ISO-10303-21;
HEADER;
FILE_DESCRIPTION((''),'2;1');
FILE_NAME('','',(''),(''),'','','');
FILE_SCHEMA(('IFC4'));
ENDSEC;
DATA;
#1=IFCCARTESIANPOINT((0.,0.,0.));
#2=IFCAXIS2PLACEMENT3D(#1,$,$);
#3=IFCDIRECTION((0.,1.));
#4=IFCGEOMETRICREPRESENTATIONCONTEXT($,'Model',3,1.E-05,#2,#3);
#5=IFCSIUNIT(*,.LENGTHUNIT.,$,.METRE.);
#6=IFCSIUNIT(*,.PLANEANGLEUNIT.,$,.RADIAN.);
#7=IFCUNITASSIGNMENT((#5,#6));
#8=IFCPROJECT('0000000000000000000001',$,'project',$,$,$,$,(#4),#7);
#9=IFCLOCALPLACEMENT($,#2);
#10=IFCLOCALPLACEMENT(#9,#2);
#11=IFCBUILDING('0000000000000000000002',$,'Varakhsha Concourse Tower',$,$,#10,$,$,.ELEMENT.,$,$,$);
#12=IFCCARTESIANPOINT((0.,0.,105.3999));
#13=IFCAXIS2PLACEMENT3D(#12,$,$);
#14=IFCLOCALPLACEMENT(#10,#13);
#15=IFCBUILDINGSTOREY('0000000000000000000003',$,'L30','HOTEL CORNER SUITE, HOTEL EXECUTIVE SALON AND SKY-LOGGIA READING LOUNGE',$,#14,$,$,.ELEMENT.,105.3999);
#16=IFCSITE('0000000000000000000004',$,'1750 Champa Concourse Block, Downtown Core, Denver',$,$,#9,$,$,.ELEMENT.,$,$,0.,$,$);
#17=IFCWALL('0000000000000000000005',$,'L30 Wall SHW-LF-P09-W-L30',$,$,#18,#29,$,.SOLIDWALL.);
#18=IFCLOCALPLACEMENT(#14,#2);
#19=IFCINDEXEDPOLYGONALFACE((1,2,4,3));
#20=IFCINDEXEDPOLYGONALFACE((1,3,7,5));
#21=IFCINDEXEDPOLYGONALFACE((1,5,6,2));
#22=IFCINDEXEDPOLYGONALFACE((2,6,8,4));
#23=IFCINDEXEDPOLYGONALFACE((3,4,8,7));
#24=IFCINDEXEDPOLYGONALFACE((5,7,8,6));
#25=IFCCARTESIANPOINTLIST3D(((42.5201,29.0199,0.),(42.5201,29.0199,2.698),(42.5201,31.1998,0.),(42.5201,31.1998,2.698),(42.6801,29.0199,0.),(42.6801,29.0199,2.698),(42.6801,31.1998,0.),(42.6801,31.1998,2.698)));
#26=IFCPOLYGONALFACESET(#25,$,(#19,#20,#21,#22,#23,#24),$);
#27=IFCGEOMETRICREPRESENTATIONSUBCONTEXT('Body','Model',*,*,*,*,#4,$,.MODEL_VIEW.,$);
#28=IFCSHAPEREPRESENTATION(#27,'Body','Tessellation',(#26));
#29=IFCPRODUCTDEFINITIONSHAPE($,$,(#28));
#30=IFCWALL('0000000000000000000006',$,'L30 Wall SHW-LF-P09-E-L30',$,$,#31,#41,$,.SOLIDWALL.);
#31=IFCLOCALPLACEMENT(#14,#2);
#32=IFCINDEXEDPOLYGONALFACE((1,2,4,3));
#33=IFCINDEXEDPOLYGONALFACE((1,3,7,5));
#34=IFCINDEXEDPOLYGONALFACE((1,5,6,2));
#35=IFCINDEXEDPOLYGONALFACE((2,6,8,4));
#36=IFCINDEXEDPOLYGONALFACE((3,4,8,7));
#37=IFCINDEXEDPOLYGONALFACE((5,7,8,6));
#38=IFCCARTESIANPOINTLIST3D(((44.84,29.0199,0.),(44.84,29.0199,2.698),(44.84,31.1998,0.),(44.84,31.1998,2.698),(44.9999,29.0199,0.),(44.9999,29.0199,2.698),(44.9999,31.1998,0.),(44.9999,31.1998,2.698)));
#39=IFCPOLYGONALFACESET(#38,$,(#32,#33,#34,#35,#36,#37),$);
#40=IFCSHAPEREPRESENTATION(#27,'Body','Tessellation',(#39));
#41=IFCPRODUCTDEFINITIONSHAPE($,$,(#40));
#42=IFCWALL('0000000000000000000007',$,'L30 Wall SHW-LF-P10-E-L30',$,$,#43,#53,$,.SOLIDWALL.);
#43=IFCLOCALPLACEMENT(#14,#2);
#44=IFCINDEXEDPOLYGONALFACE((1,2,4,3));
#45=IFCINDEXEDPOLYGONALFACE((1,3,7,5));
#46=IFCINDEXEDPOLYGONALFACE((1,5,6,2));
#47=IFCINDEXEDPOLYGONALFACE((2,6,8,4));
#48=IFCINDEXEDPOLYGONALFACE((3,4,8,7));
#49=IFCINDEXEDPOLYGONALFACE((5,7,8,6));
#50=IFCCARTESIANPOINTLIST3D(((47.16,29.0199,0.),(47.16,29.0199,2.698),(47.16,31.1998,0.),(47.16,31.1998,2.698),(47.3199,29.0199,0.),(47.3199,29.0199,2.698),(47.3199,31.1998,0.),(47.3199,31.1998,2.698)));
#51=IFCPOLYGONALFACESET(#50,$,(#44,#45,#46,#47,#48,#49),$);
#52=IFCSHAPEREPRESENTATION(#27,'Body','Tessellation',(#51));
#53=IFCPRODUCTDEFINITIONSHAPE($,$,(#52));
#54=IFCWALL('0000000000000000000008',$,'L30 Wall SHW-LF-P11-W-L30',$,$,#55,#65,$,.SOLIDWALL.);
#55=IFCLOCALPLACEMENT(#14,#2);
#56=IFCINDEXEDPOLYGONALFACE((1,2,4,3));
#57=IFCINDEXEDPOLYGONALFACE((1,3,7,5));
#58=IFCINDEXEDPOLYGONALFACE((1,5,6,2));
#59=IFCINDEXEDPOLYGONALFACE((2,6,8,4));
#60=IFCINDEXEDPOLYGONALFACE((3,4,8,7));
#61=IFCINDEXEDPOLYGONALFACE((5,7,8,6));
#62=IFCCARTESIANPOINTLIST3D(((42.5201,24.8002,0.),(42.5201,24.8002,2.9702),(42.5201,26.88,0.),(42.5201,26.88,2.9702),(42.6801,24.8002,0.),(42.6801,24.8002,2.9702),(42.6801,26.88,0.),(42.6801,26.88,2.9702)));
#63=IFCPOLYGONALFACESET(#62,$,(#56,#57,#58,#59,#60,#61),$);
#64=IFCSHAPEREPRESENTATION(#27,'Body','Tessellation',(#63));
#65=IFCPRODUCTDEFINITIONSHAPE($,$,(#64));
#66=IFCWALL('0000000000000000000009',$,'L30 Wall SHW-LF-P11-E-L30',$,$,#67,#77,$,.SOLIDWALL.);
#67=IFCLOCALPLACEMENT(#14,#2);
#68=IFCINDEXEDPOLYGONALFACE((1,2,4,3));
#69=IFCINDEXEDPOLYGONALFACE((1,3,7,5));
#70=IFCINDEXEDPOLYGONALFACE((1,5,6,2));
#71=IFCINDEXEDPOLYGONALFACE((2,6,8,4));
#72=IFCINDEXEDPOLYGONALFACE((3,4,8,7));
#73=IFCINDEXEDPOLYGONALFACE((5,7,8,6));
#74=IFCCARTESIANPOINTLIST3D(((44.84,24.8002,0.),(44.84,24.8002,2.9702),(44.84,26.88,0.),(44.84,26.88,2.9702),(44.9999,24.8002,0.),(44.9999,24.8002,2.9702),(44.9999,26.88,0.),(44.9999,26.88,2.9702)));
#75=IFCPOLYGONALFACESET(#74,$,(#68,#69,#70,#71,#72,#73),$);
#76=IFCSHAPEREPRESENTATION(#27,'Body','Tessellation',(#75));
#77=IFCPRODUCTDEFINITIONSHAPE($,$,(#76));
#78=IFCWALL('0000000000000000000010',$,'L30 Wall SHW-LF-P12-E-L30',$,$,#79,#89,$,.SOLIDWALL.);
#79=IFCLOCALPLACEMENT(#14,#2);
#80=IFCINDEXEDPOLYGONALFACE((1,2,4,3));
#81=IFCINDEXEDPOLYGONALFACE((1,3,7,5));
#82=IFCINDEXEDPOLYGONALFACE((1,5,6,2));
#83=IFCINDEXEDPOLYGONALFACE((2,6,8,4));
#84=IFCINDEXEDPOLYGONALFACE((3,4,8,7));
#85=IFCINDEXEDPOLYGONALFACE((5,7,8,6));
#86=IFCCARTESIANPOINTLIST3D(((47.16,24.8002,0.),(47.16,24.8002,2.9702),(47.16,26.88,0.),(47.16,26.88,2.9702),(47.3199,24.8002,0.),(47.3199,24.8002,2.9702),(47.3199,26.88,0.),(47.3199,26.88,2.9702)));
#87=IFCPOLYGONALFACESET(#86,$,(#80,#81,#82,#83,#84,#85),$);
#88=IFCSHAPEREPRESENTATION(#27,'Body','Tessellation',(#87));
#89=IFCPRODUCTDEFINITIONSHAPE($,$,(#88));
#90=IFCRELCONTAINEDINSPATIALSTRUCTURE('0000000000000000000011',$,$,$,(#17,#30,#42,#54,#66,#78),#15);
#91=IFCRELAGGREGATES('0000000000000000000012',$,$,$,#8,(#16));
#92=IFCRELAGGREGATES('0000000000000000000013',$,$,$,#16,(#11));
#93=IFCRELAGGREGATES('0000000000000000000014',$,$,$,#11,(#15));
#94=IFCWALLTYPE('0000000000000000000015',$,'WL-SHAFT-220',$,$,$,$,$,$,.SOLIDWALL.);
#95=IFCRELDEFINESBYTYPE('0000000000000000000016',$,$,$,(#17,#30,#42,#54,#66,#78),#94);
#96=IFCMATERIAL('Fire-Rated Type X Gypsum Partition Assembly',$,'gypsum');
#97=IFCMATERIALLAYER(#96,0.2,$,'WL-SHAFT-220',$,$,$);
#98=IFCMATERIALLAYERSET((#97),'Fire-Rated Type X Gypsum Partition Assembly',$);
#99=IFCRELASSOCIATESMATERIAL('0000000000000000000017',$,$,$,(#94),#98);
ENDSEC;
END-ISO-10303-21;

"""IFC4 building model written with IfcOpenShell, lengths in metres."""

from ifc_helpers import new_model, si_unit, direction, frame, frame_2d, origin, place, context, subcontext, project, spatial, rectangle, extrude, material, layer, layer_set, type_object, element, save


model = new_model("IFC4")

# Units and contexts
model_context = context("Model", 3, precision=1e-05, world=origin(), true_north=direction((0.0, 1.0)))
body_context = subcontext(model_context, "Body", "Model", "MODEL_VIEW")
ifc_project = project(units=[si_unit("LENGTHUNIT", "METRE"), si_unit("PLANEANGLEUNIT", "RADIAN")], contexts=[model_context])

# Site, building, storey
site_placement = place(None, origin())
site = spatial("IfcSite", under=ifc_project, at=site_placement, Name="1750 Champa Concourse Block, Downtown Core, Denver", CompositionType="ELEMENT", RefElevation=0.0)
building_placement = place(site_placement, origin())
building = spatial("IfcBuilding", under=site, at=building_placement, Name="Varakhsha Concourse Tower", CompositionType="ELEMENT")
storey_placement = place(building_placement, frame((0.0, 0.0, 105.3999)))
storey = spatial("IfcBuildingStorey", under=building, at=storey_placement, Name="L30", Description="HOTEL CORNER SUITE, HOTEL EXECUTIVE SALON AND SKY-LOGGIA READING LOUNGE", CompositionType="ELEMENT", Elevation=105.3999)

# Shared definitions
ifc_material_1 = material(Name="Fire-Rated Type X Gypsum Partition Assembly", Category="gypsum")

# Walls
ifc_layer_1 = layer(ifc_material_1, 0.2, Name="WL-SHAFT-220")
ifc_layer_set_1 = layer_set([ifc_layer_1], Name="Fire-Rated Type X Gypsum Partition Assembly")
wall_type_1 = type_object("IfcWallType", Name="WL-SHAFT-220", PredefinedType="SOLIDWALL", material=ifc_layer_set_1)
for number, where, z_axis, x_axis, name in (
    (1, (42.6001, 29.02, 0.0), (0.0, 0.0, 1.0), (0.0, 1.0, 0.0), "L30 Wall SHW-LF-P09-W-L30"),
    (2, (44.9199, 29.02, 0.0), (0.0, 0.0, 1.0), (0.0, 1.0, 0.0), "L30 Wall SHW-LF-P09-E-L30"),
    (3, (47.24, 29.02, 0.0), (0.0, 0.0, 1.0), (0.0, 1.0, 0.0), "L30 Wall SHW-LF-P10-E-L30"),
):
    element("IfcWall", number, at=place(storey_placement, frame(where, z_axis=z_axis, x_axis=x_axis)), inside=storey, type_object=wall_type_1, Name=name, PredefinedType="SOLIDWALL", context=body_context, shape_type="SweptSolid", body=[
        extrude(rectangle(XDim=2.1799, YDim=0.1599, at=frame_2d((1.0898, 0.0))), origin(), (0.0, 0.0, 1.0), 2.698),
    ])
for number, where, z_axis, x_axis, name in (
    (4, (42.6001, 24.8, 0.0), (0.0, 0.0, 1.0), (0.0, 1.0, 0.0), "L30 Wall SHW-LF-P11-W-L30"),
    (5, (44.9199, 24.8, 0.0), (0.0, 0.0, 1.0), (0.0, 1.0, 0.0), "L30 Wall SHW-LF-P11-E-L30"),
    (6, (47.24, 24.8, 0.0), (0.0, 0.0, 1.0), (0.0, 1.0, 0.0), "L30 Wall SHW-LF-P12-E-L30"),
):
    element("IfcWall", number, at=place(storey_placement, frame(where, z_axis=z_axis, x_axis=x_axis)), inside=storey, type_object=wall_type_1, Name=name, PredefinedType="SOLIDWALL", context=body_context, shape_type="SweptSolid", body=[
        extrude(rectangle(XDim=2.0798, YDim=0.1599, at=frame_2d((1.04, 0.0))), origin(), (0.0, 0.0, 1.0), 2.9702),
    ])

save(model, "model.ifc")
